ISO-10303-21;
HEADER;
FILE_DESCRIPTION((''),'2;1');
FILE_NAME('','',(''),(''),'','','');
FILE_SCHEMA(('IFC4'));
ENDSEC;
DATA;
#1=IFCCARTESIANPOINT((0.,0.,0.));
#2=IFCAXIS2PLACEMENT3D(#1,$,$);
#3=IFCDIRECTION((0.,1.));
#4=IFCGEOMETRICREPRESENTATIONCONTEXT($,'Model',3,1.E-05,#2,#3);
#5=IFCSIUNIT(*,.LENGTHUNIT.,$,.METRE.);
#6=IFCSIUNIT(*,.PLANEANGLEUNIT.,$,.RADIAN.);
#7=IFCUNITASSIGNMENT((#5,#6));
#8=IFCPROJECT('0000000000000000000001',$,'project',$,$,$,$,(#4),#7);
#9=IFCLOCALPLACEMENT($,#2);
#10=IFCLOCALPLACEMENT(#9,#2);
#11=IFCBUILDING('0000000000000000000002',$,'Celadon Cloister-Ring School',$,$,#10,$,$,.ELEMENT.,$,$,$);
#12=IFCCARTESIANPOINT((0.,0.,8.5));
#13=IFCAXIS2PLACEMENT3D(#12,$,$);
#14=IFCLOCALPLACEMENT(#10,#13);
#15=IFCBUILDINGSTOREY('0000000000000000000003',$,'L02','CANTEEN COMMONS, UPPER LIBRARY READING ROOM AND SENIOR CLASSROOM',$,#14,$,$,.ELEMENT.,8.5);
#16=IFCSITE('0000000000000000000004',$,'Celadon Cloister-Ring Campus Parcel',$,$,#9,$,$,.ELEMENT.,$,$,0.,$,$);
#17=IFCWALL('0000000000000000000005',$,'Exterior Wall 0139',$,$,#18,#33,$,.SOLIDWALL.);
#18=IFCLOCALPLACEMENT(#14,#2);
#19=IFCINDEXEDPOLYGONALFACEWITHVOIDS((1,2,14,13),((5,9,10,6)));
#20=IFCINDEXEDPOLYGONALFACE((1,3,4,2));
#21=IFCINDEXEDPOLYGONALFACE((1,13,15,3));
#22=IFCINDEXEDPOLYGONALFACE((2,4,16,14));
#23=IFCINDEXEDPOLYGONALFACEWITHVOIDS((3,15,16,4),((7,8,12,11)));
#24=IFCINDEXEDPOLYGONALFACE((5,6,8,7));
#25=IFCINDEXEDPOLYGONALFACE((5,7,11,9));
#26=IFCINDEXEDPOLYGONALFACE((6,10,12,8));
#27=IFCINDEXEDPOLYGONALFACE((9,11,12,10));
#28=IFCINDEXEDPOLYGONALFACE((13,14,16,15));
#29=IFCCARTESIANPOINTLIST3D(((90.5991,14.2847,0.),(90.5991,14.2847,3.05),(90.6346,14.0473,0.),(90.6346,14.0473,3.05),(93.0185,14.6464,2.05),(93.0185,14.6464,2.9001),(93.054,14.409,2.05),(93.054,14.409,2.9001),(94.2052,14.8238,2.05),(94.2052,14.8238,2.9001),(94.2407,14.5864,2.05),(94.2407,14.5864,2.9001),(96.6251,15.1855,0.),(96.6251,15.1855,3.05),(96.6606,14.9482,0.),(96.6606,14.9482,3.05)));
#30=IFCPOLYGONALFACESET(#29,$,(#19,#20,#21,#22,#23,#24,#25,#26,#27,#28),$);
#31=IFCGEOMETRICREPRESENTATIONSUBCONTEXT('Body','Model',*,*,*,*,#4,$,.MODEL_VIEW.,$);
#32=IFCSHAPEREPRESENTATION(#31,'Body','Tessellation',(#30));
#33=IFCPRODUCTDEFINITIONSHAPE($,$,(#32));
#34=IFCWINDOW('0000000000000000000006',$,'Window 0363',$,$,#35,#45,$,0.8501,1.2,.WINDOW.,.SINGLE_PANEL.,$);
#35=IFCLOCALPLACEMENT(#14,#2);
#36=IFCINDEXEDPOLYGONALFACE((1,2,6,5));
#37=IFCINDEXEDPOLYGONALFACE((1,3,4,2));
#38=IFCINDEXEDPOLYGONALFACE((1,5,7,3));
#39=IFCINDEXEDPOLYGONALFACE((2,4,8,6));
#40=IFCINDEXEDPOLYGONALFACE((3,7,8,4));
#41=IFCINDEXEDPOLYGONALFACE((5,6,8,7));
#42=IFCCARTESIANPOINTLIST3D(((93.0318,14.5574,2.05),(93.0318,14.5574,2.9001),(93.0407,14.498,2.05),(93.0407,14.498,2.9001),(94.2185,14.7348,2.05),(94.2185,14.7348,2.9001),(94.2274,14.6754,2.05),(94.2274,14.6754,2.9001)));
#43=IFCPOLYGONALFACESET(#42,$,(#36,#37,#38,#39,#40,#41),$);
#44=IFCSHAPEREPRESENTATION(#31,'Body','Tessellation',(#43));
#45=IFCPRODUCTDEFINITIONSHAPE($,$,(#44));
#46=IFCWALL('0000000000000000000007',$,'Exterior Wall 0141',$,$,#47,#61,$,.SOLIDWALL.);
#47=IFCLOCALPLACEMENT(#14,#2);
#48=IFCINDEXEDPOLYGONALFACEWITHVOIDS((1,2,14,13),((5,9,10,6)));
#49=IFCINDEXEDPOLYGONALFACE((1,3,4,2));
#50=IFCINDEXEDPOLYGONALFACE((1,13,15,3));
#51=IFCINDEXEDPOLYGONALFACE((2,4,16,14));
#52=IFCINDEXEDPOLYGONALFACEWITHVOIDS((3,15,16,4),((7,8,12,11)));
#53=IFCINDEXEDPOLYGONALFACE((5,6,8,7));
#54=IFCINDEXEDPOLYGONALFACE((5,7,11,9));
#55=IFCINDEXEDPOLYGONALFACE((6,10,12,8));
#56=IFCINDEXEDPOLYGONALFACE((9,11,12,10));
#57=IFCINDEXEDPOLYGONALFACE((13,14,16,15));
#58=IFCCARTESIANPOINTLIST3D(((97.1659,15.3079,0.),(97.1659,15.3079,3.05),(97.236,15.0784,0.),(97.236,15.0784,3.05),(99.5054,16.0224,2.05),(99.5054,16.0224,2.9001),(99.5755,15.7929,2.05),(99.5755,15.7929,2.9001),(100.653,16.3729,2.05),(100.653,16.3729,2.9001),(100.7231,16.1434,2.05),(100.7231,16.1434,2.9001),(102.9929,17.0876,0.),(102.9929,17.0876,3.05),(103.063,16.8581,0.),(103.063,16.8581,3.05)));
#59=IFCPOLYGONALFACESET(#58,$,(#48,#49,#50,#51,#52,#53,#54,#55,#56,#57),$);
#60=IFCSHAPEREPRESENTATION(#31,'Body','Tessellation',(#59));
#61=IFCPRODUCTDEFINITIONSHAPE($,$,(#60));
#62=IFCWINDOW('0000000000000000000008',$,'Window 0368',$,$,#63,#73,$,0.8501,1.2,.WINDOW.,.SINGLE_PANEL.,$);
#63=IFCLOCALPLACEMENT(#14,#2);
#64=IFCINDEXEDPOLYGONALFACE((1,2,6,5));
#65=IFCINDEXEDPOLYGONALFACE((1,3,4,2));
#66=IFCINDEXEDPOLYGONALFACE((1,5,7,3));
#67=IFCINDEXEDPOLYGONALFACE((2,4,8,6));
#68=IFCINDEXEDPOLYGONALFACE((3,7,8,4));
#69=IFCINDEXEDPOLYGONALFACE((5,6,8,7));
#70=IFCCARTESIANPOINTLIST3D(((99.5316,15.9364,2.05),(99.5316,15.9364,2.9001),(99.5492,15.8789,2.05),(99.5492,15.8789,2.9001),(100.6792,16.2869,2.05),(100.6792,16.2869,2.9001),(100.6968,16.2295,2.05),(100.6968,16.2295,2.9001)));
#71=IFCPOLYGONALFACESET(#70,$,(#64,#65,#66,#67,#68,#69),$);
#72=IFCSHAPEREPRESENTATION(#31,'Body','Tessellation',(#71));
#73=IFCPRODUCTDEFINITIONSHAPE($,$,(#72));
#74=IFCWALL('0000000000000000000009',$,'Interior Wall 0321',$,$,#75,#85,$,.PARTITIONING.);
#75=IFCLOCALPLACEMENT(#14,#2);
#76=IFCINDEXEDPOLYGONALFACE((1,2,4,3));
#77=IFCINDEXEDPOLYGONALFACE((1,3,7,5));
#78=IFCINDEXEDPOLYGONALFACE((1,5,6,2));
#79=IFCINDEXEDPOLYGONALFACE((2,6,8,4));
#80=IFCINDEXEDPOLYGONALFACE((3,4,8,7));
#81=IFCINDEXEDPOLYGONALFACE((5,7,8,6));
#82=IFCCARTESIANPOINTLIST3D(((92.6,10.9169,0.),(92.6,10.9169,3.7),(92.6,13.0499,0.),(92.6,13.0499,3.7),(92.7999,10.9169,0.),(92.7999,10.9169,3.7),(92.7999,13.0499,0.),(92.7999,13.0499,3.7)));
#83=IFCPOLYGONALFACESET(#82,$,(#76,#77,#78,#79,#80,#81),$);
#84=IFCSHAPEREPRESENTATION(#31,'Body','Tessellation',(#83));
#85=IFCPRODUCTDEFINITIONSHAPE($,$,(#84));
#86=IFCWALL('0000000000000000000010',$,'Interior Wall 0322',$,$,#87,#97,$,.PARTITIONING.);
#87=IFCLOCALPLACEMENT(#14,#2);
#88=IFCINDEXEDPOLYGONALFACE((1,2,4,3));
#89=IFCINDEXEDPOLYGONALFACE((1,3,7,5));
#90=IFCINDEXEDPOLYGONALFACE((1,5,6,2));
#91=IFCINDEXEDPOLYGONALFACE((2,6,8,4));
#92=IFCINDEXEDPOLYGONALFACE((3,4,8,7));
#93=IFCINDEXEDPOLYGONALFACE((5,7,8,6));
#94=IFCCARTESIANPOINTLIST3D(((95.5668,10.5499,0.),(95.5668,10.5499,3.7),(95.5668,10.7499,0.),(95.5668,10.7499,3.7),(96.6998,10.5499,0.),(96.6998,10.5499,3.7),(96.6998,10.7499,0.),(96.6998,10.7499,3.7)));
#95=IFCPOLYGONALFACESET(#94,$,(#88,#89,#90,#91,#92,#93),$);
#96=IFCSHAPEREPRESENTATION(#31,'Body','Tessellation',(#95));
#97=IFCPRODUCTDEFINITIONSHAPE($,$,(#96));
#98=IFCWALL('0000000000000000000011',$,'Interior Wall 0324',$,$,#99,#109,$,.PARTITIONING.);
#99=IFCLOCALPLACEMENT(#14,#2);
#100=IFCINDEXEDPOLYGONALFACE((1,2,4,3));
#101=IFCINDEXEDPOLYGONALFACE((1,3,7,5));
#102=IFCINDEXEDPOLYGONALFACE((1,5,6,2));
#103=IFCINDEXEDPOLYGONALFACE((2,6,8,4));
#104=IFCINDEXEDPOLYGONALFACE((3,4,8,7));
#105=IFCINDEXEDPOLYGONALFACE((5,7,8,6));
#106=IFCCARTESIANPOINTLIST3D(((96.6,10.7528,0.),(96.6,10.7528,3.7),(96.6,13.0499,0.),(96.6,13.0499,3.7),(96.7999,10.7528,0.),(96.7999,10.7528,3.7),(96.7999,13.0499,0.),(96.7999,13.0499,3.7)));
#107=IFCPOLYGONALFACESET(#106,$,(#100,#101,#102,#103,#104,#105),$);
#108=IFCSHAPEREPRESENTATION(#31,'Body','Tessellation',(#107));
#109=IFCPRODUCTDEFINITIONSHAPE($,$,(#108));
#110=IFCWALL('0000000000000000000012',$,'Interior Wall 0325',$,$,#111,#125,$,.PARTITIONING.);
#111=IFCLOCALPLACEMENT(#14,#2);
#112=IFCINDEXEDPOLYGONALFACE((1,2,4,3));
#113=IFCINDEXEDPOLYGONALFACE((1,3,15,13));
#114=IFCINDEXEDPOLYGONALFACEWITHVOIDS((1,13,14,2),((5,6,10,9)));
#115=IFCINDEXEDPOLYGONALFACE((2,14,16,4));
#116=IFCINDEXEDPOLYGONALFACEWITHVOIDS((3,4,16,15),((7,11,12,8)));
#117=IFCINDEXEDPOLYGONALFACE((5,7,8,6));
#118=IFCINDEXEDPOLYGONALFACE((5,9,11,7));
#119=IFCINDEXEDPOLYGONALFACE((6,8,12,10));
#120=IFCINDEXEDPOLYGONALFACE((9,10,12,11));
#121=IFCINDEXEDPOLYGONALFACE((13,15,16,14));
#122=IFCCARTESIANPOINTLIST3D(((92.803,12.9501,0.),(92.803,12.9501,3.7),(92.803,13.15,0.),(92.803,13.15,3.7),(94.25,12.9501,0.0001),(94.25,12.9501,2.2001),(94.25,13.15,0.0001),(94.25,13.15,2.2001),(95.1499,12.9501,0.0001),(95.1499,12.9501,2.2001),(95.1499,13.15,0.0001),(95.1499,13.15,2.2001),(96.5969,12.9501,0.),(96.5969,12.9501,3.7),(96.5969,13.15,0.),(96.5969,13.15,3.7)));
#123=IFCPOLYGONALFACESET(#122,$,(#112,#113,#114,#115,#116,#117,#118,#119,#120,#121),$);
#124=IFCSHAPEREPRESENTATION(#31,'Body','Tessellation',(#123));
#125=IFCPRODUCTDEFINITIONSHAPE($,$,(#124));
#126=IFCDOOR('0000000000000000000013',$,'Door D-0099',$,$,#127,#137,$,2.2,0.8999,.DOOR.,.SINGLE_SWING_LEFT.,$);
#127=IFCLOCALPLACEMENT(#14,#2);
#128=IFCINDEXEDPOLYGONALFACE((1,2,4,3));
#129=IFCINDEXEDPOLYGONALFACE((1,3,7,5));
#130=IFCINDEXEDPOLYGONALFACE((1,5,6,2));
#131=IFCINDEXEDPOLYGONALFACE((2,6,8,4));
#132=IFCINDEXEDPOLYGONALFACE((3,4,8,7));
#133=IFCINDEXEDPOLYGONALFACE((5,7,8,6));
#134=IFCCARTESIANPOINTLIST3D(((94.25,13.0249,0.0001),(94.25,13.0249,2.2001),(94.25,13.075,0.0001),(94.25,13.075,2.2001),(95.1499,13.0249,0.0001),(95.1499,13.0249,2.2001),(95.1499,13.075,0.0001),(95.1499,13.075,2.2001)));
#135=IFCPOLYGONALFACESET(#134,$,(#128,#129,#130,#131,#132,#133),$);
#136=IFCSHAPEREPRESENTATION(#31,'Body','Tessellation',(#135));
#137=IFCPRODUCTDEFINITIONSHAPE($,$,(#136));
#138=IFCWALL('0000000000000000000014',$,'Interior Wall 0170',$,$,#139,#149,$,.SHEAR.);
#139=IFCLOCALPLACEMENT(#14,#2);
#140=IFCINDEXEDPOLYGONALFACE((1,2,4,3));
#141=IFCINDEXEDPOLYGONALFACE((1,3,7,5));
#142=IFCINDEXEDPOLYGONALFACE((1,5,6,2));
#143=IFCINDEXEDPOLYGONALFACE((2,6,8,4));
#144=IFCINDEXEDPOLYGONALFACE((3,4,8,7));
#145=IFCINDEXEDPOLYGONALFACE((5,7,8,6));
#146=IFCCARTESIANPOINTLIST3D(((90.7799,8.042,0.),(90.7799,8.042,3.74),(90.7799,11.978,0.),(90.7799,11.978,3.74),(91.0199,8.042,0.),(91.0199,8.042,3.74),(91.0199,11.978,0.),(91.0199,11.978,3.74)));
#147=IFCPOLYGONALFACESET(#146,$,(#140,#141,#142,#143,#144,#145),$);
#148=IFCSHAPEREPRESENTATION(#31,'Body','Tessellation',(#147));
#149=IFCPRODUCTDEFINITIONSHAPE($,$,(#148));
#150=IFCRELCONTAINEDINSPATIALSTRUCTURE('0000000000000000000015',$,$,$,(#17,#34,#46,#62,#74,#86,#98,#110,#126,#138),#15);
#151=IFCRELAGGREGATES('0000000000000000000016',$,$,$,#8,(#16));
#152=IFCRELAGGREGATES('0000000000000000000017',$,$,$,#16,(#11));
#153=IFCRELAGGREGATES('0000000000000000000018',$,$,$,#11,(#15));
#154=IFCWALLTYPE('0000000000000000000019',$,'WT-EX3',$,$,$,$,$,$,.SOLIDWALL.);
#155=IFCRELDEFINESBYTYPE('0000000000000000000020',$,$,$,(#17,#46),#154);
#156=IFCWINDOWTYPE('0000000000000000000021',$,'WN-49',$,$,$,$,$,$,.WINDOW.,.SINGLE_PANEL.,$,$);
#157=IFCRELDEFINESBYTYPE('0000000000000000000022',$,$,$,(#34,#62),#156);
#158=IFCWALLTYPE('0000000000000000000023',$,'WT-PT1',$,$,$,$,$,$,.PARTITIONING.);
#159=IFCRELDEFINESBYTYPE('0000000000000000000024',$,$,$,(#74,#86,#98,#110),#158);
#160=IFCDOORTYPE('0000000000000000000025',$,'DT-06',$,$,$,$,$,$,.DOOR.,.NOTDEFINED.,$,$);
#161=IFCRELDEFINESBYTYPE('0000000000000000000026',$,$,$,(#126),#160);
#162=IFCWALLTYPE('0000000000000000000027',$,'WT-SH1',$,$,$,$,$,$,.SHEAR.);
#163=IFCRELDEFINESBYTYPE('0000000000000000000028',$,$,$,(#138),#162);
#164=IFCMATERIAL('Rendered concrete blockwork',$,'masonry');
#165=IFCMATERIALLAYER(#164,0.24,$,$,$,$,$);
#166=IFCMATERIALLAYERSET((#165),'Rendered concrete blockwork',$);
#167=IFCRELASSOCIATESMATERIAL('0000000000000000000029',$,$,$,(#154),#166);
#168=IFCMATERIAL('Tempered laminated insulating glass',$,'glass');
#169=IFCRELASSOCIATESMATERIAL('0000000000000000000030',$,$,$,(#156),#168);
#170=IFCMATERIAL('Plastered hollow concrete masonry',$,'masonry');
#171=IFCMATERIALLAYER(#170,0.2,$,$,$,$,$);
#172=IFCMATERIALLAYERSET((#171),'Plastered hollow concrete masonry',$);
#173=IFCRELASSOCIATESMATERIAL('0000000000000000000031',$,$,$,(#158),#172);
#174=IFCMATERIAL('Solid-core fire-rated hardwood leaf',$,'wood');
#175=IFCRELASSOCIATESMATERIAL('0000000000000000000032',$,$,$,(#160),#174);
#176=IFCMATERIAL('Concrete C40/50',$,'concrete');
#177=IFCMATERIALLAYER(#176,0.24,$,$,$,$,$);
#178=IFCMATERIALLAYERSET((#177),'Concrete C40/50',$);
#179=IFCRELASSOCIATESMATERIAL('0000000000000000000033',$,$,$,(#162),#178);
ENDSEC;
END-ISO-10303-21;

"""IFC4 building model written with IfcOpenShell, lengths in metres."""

from ifc_helpers import new_model, si_unit, direction, frame, frame_2d, origin, place, context, subcontext, project, spatial, rectangle, extrude, material, layer, layer_set, type_object, element, fill, save


model = new_model("IFC4")

# Units and contexts
model_context = context("Model", 3, precision=1e-05, world=origin(), true_north=direction((0.0, 1.0)))
body_context = subcontext(model_context, "Body", "Model", "MODEL_VIEW")
ifc_project = project(units=[si_unit("LENGTHUNIT", "METRE"), si_unit("PLANEANGLEUNIT", "RADIAN")], contexts=[model_context])

# Site, building, storey
site_placement = place(None, origin())
site = spatial("IfcSite", under=ifc_project, at=site_placement, Name="Celadon Cloister-Ring Campus Parcel", CompositionType="ELEMENT", RefElevation=0.0)
building_placement = place(site_placement, origin())
building = spatial("IfcBuilding", under=site, at=building_placement, Name="Celadon Cloister-Ring School", CompositionType="ELEMENT")
storey_placement = place(building_placement, frame((0.0, 0.0, 8.5)))
storey = spatial("IfcBuildingStorey", under=building, at=storey_placement, Name="L02", Description="CANTEEN COMMONS, UPPER LIBRARY READING ROOM AND SENIOR CLASSROOM", CompositionType="ELEMENT", Elevation=8.5)

# Walls, openings, windows
ifc_material_1 = material(Name="Rendered concrete blockwork", Category="masonry")
ifc_layer_1 = layer(ifc_material_1, 0.24)
ifc_layer_set_1 = layer_set([ifc_layer_1], Name="Rendered concrete blockwork")
wall_type_1 = type_object("IfcWallType", Name="WT-EX3", PredefinedType="SOLIDWALL", material=ifc_layer_set_1)
wall_1_placement = place(storey_placement, frame((90.6169, 14.166, 0.0), z_axis=(0.0, 0.0, 1.0), x_axis=(0.989009, 0.147853, 0.0)))
wall_1 = element("IfcWall", 1, at=wall_1_placement, inside=storey, type_object=wall_type_1, Name="Exterior Wall 0139", PredefinedType="SOLIDWALL", context=body_context, shape_type="SweptSolid", body=[
    extrude(rectangle(XDim=6.093, YDim=0.24, at=frame_2d((3.0464, 0.0))), origin(), (0.0, 0.0, 1.0), 3.05),
])
opening_1_placement = place(wall_1_placement, frame((2.446, 0.0, 2.05)))
opening_1 = element("IfcOpeningElement", 2, at=opening_1_placement, cuts=wall_1, PredefinedType="OPENING", context=body_context, shape_type="SweptSolid", body=[
    extrude(rectangle(XDim=1.2, YDim=0.8501, at=frame_2d((0.6001, 0.425))), frame((0.0, 0.1299, 0.0), z_axis=(0.0, -1.0, 0.0), x_axis=(1.0, 0.0, 0.0)), (0.0, 0.0, 1.0), 0.26),
])
ifc_material_2 = material(Name="Tempered laminated insulating glass", Category="glass")
window_type = type_object("IfcWindowType", Name="WN-49", PartitioningType="SINGLE_PANEL", PredefinedType="WINDOW", material=ifc_material_2)
window_1_placement = place(opening_1_placement, origin())
window_1 = element("IfcWindow", 3, at=window_1_placement, inside=storey, type_object=window_type, Name="Window 0363", OverallHeight=0.8501, OverallWidth=1.2, PartitioningType="SINGLE_PANEL", PredefinedType="WINDOW", context=body_context, shape_type="SweptSolid", body=[
    extrude(rectangle(XDim=1.2, YDim=0.8501, at=frame_2d((0.6001, 0.425))), frame((0.0, 0.03, 0.0), z_axis=(0.0, -1.0, 0.0), x_axis=(1.0, 0.0, 0.0)), (0.0, 0.0, 1.0), 0.0601),
])
fill(opening_1, window_1)
wall_2_placement = place(storey_placement, frame((97.2009, 15.1931, 0.0), z_axis=(0.0, 0.0, 1.0), x_axis=(0.956385, 0.292109, 0.0)))
wall_2 = element("IfcWall", 4, at=wall_2_placement, inside=storey, type_object=wall_type_1, Name="Exterior Wall 0141", PredefinedType="SOLIDWALL", context=body_context, shape_type="SweptSolid", body=[
    extrude(rectangle(XDim=6.0928, YDim=0.24, at=frame_2d((3.0464, 0.0))), origin(), (0.0, 0.0, 1.0), 3.05),
])
opening_2_placement = place(wall_2_placement, frame((2.446, 0.0, 2.05)))
opening_2 = element("IfcOpeningElement", 5, at=opening_2_placement, cuts=wall_2, PredefinedType="OPENING", context=body_context, shape_type="SweptSolid", body=[
    extrude(rectangle(XDim=1.2, YDim=0.8501, at=frame_2d((0.6001, 0.425))), frame((0.0, 0.1299, 0.0), z_axis=(0.0, -1.0, 0.0), x_axis=(1.0, 0.0, 0.0)), (0.0, 0.0, 1.0), 0.26),
])
window_2_placement = place(opening_2_placement, origin())
window_2 = element("IfcWindow", 6, at=window_2_placement, inside=storey, type_object=window_type, Name="Window 0368", OverallHeight=0.8501, OverallWidth=1.2, PartitioningType="SINGLE_PANEL", PredefinedType="WINDOW", context=body_context, shape_type="SweptSolid", body=[
    extrude(rectangle(XDim=1.2, YDim=0.8501, at=frame_2d((0.6001, 0.425))), frame((0.0, 0.03, 0.0), z_axis=(0.0, -1.0, 0.0), x_axis=(1.0, 0.0, 0.0)), (0.0, 0.0, 1.0), 0.0601),
])
fill(opening_2, window_2)

# Walls
ifc_material_3 = material(Name="Plastered hollow concrete masonry", Category="masonry")
ifc_layer_2 = layer(ifc_material_3, 0.2)
ifc_layer_set_2 = layer_set([ifc_layer_2], Name="Plastered hollow concrete masonry")
wall_type_2 = type_object("IfcWallType", Name="WT-PT1", PredefinedType="PARTITIONING", material=ifc_layer_set_2)
wall_3_placement = place(storey_placement, frame((92.7, 10.917, 0.0), z_axis=(0.0, 0.0, 1.0), x_axis=(0.0, 1.0, 0.0)))
element("IfcWall", 7, at=wall_3_placement, inside=storey, type_object=wall_type_2, Name="Interior Wall 0321", PredefinedType="PARTITIONING", context=body_context, shape_type="SweptSolid", body=[
    extrude(rectangle(XDim=2.1331, YDim=0.2, at=frame_2d((1.0664, 0.0))), origin(), (0.0, 0.0, 1.0), 3.7),
])
wall_4_placement = place(storey_placement, frame((95.5669, 10.6499, 0.0), z_axis=(0.0, 0.0, 1.0), x_axis=(1.0, 0.0, 0.0)))
element("IfcWall", 8, at=wall_4_placement, inside=storey, type_object=wall_type_2, Name="Interior Wall 0322", PredefinedType="PARTITIONING", context=body_context, shape_type="SweptSolid", body=[
    extrude(rectangle(XDim=1.1331, YDim=0.2, at=frame_2d((0.5664, 0.0))), origin(), (0.0, 0.0, 1.0), 3.7),
])
wall_5_placement = place(storey_placement, frame((96.7, 10.7529, 0.0), z_axis=(0.0, 0.0, 1.0), x_axis=(0.0, 1.0, 0.0)))
element("IfcWall", 9, at=wall_5_placement, inside=storey, type_object=wall_type_2, Name="Interior Wall 0324", PredefinedType="PARTITIONING", context=body_context, shape_type="SweptSolid", body=[
    extrude(rectangle(XDim=2.2971, YDim=0.2, at=frame_2d((1.1484, 0.0))), origin(), (0.0, 0.0, 1.0), 3.7),
])

# Wall, opening, door
wall_6_placement = place(storey_placement, frame((92.803, 13.05, 0.0), z_axis=(0.0, 0.0, 1.0), x_axis=(1.0, 0.0, 0.0)))
wall_6 = element("IfcWall", 10, at=wall_6_placement, inside=storey, type_object=wall_type_2, Name="Interior Wall 0325", PredefinedType="PARTITIONING", context=body_context, shape_type="SweptSolid", body=[
    extrude(rectangle(XDim=3.7939, YDim=0.2, at=frame_2d((1.897, 0.0))), origin(), (0.0, 0.0, 1.0), 3.7),
])
opening_3_placement = place(wall_6_placement, frame((1.447, 0.0, 0.0)))
opening_3 = element("IfcOpeningElement", 11, at=opening_3_placement, cuts=wall_6, PredefinedType="OPENING", context=body_context, shape_type="SweptSolid", body=[
    extrude(rectangle(XDim=0.8999, YDim=2.2, at=frame_2d((0.45, 1.1001))), frame((0.0, 0.1099, 0.0), z_axis=(0.0, -1.0, 0.0), x_axis=(1.0, 0.0, 0.0)), (0.0, 0.0, 1.0), 0.22),
])
ifc_material_4 = material(Name="Solid-core fire-rated hardwood leaf", Category="wood")
door_type_1 = type_object("IfcDoorType", Name="DT-06", OperationType="NOTDEFINED", PredefinedType="DOOR", material=ifc_material_4)
door_1_placement = place(opening_3_placement, origin())
door_1 = element("IfcDoor", 12, at=door_1_placement, inside=storey, type_object=door_type_1, Name="Door D-0099", OperationType="SINGLE_SWING_LEFT", OverallHeight=2.2, OverallWidth=0.8999, PredefinedType="DOOR", context=body_context, shape_type="SweptSolid", body=[
    extrude(rectangle(XDim=0.8999, YDim=2.2, at=frame_2d((0.45, 1.1001))), frame((0.0, 0.0249, 0.0), z_axis=(0.0, -1.0, 0.0), x_axis=(1.0, 0.0, 0.0)), (0.0, 0.0, 1.0), 0.05),
])
fill(opening_3, door_1)

# Wall
ifc_material_5 = material(Name="Concrete C40/50", Category="concrete")
ifc_layer_3 = layer(ifc_material_5, 0.24)
ifc_layer_set_3 = layer_set([ifc_layer_3], Name="Concrete C40/50")
wall_type_3 = type_object("IfcWallType", Name="WT-SH1", PredefinedType="SHEAR", material=ifc_layer_set_3)
wall_7_placement = place(storey_placement, frame((90.8999, 11.978, 0.0), z_axis=(0.0, 0.0, 1.0), x_axis=(0.0, -1.0, 0.0)))
element("IfcWall", 13, at=wall_7_placement, inside=storey, type_object=wall_type_3, Name="Interior Wall 0170", PredefinedType="SHEAR", context=body_context, shape_type="SweptSolid", body=[
    extrude(rectangle(XDim=3.936, YDim=0.24, at=frame_2d((1.968, 0.0))), origin(), (0.0, 0.0, 1.0), 3.74),
])

save(model, "model.ifc")
